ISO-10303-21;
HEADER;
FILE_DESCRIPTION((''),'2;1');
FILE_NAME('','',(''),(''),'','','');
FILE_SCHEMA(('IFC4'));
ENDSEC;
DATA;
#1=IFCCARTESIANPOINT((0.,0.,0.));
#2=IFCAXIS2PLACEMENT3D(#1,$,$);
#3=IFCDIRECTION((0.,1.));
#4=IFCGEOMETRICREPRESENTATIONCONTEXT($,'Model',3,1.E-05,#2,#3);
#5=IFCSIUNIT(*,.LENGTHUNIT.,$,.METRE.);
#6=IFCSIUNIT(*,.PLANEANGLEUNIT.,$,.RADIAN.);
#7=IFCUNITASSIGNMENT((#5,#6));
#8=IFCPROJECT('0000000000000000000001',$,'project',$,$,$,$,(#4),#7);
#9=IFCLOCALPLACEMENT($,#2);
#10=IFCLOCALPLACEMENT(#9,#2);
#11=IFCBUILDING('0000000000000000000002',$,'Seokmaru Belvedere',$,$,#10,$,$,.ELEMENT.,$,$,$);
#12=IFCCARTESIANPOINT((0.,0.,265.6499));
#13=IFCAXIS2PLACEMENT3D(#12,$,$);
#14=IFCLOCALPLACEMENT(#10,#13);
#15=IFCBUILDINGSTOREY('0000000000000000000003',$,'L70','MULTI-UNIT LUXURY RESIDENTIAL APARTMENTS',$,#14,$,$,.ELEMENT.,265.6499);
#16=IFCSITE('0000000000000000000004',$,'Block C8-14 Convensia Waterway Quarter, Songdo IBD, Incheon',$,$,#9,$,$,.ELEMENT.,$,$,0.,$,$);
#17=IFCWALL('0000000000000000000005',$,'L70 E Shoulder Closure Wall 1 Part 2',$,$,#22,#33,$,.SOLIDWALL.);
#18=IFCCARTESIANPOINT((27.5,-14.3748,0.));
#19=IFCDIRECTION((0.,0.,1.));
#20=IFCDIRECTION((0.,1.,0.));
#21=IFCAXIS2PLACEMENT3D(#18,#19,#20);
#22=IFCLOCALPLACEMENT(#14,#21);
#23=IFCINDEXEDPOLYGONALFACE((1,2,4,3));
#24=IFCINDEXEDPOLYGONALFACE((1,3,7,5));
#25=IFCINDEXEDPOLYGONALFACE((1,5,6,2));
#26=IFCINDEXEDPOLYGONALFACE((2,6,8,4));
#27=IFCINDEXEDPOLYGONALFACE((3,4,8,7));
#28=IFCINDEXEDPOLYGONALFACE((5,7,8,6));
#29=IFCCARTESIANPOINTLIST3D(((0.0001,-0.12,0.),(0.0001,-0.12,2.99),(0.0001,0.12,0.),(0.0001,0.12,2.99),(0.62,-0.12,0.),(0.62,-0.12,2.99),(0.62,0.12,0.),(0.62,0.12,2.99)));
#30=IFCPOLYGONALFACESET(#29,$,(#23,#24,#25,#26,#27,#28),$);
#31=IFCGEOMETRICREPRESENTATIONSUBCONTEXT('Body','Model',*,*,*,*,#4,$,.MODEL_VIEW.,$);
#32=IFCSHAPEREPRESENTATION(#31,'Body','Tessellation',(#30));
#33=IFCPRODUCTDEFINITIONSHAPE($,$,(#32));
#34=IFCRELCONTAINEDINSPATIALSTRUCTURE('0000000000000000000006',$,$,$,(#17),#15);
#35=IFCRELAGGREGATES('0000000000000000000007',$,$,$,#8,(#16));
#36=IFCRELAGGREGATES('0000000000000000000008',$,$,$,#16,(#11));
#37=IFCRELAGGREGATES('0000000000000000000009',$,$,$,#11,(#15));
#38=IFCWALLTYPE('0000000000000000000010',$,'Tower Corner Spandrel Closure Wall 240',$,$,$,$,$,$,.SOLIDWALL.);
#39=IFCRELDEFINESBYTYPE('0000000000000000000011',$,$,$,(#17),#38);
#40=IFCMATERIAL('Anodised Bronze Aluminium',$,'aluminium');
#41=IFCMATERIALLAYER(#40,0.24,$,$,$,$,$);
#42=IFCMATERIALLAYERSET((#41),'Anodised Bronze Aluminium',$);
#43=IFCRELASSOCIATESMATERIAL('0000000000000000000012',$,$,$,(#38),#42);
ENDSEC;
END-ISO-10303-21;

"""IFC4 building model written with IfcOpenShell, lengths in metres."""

from ifc_helpers import new_model, si_unit, direction, frame, frame_2d, origin, place, context, subcontext, project, spatial, rectangle, extrude, material, layer, layer_set, type_object, element, save


model = new_model("IFC4")

# Units and contexts
model_context = context("Model", 3, precision=1e-05, world=origin(), true_north=direction((0.0, 1.0)))
body_context = subcontext(model_context, "Body", "Model", "MODEL_VIEW")
ifc_project = project(units=[si_unit("LENGTHUNIT", "METRE"), si_unit("PLANEANGLEUNIT", "RADIAN")], contexts=[model_context])

# Site, building, storey
site_placement = place(None, origin())
site = spatial("IfcSite", under=ifc_project, at=site_placement, Name="Block C8-14 Convensia Waterway Quarter, Songdo IBD, Incheon", CompositionType="ELEMENT", RefElevation=0.0)
building_placement = place(site_placement, origin())
building = spatial("IfcBuilding", under=site, at=building_placement, Name="Seokmaru Belvedere", CompositionType="ELEMENT")
storey_placement = place(building_placement, frame((0.0, 0.0, 265.6499)))
storey = spatial("IfcBuildingStorey", under=building, at=storey_placement, Name="L70", Description="MULTI-UNIT LUXURY RESIDENTIAL APARTMENTS", CompositionType="ELEMENT", Elevation=265.6499)

# Shared definitions
ifc_material_1 = material(Name="Anodised Bronze Aluminium", Category="aluminium")

# Wall
ifc_layer_1 = layer(ifc_material_1, 0.24)
ifc_layer_set_1 = layer_set([ifc_layer_1], Name="Anodised Bronze Aluminium")
wall_type_1 = type_object("IfcWallType", Name="Tower Corner Spandrel Closure Wall 240", PredefinedType="SOLIDWALL", material=ifc_layer_set_1)
wall_1_placement = place(storey_placement, frame((27.5, -14.3748, 0.0), z_axis=(0.0, 0.0, 1.0), x_axis=(0.0, 1.0, 0.0)))
element("IfcWall", 1, at=wall_1_placement, inside=storey, type_object=wall_type_1, Name="L70 E Shoulder Closure Wall 1 Part 2", PredefinedType="SOLIDWALL", context=body_context, shape_type="SweptSolid", body=[
    extrude(rectangle(XDim=0.6199, YDim=0.24, at=frame_2d((0.3101, 0.0))), origin(), (0.0, 0.0, 1.0), 2.99),
])

save(model, "model.ifc")
